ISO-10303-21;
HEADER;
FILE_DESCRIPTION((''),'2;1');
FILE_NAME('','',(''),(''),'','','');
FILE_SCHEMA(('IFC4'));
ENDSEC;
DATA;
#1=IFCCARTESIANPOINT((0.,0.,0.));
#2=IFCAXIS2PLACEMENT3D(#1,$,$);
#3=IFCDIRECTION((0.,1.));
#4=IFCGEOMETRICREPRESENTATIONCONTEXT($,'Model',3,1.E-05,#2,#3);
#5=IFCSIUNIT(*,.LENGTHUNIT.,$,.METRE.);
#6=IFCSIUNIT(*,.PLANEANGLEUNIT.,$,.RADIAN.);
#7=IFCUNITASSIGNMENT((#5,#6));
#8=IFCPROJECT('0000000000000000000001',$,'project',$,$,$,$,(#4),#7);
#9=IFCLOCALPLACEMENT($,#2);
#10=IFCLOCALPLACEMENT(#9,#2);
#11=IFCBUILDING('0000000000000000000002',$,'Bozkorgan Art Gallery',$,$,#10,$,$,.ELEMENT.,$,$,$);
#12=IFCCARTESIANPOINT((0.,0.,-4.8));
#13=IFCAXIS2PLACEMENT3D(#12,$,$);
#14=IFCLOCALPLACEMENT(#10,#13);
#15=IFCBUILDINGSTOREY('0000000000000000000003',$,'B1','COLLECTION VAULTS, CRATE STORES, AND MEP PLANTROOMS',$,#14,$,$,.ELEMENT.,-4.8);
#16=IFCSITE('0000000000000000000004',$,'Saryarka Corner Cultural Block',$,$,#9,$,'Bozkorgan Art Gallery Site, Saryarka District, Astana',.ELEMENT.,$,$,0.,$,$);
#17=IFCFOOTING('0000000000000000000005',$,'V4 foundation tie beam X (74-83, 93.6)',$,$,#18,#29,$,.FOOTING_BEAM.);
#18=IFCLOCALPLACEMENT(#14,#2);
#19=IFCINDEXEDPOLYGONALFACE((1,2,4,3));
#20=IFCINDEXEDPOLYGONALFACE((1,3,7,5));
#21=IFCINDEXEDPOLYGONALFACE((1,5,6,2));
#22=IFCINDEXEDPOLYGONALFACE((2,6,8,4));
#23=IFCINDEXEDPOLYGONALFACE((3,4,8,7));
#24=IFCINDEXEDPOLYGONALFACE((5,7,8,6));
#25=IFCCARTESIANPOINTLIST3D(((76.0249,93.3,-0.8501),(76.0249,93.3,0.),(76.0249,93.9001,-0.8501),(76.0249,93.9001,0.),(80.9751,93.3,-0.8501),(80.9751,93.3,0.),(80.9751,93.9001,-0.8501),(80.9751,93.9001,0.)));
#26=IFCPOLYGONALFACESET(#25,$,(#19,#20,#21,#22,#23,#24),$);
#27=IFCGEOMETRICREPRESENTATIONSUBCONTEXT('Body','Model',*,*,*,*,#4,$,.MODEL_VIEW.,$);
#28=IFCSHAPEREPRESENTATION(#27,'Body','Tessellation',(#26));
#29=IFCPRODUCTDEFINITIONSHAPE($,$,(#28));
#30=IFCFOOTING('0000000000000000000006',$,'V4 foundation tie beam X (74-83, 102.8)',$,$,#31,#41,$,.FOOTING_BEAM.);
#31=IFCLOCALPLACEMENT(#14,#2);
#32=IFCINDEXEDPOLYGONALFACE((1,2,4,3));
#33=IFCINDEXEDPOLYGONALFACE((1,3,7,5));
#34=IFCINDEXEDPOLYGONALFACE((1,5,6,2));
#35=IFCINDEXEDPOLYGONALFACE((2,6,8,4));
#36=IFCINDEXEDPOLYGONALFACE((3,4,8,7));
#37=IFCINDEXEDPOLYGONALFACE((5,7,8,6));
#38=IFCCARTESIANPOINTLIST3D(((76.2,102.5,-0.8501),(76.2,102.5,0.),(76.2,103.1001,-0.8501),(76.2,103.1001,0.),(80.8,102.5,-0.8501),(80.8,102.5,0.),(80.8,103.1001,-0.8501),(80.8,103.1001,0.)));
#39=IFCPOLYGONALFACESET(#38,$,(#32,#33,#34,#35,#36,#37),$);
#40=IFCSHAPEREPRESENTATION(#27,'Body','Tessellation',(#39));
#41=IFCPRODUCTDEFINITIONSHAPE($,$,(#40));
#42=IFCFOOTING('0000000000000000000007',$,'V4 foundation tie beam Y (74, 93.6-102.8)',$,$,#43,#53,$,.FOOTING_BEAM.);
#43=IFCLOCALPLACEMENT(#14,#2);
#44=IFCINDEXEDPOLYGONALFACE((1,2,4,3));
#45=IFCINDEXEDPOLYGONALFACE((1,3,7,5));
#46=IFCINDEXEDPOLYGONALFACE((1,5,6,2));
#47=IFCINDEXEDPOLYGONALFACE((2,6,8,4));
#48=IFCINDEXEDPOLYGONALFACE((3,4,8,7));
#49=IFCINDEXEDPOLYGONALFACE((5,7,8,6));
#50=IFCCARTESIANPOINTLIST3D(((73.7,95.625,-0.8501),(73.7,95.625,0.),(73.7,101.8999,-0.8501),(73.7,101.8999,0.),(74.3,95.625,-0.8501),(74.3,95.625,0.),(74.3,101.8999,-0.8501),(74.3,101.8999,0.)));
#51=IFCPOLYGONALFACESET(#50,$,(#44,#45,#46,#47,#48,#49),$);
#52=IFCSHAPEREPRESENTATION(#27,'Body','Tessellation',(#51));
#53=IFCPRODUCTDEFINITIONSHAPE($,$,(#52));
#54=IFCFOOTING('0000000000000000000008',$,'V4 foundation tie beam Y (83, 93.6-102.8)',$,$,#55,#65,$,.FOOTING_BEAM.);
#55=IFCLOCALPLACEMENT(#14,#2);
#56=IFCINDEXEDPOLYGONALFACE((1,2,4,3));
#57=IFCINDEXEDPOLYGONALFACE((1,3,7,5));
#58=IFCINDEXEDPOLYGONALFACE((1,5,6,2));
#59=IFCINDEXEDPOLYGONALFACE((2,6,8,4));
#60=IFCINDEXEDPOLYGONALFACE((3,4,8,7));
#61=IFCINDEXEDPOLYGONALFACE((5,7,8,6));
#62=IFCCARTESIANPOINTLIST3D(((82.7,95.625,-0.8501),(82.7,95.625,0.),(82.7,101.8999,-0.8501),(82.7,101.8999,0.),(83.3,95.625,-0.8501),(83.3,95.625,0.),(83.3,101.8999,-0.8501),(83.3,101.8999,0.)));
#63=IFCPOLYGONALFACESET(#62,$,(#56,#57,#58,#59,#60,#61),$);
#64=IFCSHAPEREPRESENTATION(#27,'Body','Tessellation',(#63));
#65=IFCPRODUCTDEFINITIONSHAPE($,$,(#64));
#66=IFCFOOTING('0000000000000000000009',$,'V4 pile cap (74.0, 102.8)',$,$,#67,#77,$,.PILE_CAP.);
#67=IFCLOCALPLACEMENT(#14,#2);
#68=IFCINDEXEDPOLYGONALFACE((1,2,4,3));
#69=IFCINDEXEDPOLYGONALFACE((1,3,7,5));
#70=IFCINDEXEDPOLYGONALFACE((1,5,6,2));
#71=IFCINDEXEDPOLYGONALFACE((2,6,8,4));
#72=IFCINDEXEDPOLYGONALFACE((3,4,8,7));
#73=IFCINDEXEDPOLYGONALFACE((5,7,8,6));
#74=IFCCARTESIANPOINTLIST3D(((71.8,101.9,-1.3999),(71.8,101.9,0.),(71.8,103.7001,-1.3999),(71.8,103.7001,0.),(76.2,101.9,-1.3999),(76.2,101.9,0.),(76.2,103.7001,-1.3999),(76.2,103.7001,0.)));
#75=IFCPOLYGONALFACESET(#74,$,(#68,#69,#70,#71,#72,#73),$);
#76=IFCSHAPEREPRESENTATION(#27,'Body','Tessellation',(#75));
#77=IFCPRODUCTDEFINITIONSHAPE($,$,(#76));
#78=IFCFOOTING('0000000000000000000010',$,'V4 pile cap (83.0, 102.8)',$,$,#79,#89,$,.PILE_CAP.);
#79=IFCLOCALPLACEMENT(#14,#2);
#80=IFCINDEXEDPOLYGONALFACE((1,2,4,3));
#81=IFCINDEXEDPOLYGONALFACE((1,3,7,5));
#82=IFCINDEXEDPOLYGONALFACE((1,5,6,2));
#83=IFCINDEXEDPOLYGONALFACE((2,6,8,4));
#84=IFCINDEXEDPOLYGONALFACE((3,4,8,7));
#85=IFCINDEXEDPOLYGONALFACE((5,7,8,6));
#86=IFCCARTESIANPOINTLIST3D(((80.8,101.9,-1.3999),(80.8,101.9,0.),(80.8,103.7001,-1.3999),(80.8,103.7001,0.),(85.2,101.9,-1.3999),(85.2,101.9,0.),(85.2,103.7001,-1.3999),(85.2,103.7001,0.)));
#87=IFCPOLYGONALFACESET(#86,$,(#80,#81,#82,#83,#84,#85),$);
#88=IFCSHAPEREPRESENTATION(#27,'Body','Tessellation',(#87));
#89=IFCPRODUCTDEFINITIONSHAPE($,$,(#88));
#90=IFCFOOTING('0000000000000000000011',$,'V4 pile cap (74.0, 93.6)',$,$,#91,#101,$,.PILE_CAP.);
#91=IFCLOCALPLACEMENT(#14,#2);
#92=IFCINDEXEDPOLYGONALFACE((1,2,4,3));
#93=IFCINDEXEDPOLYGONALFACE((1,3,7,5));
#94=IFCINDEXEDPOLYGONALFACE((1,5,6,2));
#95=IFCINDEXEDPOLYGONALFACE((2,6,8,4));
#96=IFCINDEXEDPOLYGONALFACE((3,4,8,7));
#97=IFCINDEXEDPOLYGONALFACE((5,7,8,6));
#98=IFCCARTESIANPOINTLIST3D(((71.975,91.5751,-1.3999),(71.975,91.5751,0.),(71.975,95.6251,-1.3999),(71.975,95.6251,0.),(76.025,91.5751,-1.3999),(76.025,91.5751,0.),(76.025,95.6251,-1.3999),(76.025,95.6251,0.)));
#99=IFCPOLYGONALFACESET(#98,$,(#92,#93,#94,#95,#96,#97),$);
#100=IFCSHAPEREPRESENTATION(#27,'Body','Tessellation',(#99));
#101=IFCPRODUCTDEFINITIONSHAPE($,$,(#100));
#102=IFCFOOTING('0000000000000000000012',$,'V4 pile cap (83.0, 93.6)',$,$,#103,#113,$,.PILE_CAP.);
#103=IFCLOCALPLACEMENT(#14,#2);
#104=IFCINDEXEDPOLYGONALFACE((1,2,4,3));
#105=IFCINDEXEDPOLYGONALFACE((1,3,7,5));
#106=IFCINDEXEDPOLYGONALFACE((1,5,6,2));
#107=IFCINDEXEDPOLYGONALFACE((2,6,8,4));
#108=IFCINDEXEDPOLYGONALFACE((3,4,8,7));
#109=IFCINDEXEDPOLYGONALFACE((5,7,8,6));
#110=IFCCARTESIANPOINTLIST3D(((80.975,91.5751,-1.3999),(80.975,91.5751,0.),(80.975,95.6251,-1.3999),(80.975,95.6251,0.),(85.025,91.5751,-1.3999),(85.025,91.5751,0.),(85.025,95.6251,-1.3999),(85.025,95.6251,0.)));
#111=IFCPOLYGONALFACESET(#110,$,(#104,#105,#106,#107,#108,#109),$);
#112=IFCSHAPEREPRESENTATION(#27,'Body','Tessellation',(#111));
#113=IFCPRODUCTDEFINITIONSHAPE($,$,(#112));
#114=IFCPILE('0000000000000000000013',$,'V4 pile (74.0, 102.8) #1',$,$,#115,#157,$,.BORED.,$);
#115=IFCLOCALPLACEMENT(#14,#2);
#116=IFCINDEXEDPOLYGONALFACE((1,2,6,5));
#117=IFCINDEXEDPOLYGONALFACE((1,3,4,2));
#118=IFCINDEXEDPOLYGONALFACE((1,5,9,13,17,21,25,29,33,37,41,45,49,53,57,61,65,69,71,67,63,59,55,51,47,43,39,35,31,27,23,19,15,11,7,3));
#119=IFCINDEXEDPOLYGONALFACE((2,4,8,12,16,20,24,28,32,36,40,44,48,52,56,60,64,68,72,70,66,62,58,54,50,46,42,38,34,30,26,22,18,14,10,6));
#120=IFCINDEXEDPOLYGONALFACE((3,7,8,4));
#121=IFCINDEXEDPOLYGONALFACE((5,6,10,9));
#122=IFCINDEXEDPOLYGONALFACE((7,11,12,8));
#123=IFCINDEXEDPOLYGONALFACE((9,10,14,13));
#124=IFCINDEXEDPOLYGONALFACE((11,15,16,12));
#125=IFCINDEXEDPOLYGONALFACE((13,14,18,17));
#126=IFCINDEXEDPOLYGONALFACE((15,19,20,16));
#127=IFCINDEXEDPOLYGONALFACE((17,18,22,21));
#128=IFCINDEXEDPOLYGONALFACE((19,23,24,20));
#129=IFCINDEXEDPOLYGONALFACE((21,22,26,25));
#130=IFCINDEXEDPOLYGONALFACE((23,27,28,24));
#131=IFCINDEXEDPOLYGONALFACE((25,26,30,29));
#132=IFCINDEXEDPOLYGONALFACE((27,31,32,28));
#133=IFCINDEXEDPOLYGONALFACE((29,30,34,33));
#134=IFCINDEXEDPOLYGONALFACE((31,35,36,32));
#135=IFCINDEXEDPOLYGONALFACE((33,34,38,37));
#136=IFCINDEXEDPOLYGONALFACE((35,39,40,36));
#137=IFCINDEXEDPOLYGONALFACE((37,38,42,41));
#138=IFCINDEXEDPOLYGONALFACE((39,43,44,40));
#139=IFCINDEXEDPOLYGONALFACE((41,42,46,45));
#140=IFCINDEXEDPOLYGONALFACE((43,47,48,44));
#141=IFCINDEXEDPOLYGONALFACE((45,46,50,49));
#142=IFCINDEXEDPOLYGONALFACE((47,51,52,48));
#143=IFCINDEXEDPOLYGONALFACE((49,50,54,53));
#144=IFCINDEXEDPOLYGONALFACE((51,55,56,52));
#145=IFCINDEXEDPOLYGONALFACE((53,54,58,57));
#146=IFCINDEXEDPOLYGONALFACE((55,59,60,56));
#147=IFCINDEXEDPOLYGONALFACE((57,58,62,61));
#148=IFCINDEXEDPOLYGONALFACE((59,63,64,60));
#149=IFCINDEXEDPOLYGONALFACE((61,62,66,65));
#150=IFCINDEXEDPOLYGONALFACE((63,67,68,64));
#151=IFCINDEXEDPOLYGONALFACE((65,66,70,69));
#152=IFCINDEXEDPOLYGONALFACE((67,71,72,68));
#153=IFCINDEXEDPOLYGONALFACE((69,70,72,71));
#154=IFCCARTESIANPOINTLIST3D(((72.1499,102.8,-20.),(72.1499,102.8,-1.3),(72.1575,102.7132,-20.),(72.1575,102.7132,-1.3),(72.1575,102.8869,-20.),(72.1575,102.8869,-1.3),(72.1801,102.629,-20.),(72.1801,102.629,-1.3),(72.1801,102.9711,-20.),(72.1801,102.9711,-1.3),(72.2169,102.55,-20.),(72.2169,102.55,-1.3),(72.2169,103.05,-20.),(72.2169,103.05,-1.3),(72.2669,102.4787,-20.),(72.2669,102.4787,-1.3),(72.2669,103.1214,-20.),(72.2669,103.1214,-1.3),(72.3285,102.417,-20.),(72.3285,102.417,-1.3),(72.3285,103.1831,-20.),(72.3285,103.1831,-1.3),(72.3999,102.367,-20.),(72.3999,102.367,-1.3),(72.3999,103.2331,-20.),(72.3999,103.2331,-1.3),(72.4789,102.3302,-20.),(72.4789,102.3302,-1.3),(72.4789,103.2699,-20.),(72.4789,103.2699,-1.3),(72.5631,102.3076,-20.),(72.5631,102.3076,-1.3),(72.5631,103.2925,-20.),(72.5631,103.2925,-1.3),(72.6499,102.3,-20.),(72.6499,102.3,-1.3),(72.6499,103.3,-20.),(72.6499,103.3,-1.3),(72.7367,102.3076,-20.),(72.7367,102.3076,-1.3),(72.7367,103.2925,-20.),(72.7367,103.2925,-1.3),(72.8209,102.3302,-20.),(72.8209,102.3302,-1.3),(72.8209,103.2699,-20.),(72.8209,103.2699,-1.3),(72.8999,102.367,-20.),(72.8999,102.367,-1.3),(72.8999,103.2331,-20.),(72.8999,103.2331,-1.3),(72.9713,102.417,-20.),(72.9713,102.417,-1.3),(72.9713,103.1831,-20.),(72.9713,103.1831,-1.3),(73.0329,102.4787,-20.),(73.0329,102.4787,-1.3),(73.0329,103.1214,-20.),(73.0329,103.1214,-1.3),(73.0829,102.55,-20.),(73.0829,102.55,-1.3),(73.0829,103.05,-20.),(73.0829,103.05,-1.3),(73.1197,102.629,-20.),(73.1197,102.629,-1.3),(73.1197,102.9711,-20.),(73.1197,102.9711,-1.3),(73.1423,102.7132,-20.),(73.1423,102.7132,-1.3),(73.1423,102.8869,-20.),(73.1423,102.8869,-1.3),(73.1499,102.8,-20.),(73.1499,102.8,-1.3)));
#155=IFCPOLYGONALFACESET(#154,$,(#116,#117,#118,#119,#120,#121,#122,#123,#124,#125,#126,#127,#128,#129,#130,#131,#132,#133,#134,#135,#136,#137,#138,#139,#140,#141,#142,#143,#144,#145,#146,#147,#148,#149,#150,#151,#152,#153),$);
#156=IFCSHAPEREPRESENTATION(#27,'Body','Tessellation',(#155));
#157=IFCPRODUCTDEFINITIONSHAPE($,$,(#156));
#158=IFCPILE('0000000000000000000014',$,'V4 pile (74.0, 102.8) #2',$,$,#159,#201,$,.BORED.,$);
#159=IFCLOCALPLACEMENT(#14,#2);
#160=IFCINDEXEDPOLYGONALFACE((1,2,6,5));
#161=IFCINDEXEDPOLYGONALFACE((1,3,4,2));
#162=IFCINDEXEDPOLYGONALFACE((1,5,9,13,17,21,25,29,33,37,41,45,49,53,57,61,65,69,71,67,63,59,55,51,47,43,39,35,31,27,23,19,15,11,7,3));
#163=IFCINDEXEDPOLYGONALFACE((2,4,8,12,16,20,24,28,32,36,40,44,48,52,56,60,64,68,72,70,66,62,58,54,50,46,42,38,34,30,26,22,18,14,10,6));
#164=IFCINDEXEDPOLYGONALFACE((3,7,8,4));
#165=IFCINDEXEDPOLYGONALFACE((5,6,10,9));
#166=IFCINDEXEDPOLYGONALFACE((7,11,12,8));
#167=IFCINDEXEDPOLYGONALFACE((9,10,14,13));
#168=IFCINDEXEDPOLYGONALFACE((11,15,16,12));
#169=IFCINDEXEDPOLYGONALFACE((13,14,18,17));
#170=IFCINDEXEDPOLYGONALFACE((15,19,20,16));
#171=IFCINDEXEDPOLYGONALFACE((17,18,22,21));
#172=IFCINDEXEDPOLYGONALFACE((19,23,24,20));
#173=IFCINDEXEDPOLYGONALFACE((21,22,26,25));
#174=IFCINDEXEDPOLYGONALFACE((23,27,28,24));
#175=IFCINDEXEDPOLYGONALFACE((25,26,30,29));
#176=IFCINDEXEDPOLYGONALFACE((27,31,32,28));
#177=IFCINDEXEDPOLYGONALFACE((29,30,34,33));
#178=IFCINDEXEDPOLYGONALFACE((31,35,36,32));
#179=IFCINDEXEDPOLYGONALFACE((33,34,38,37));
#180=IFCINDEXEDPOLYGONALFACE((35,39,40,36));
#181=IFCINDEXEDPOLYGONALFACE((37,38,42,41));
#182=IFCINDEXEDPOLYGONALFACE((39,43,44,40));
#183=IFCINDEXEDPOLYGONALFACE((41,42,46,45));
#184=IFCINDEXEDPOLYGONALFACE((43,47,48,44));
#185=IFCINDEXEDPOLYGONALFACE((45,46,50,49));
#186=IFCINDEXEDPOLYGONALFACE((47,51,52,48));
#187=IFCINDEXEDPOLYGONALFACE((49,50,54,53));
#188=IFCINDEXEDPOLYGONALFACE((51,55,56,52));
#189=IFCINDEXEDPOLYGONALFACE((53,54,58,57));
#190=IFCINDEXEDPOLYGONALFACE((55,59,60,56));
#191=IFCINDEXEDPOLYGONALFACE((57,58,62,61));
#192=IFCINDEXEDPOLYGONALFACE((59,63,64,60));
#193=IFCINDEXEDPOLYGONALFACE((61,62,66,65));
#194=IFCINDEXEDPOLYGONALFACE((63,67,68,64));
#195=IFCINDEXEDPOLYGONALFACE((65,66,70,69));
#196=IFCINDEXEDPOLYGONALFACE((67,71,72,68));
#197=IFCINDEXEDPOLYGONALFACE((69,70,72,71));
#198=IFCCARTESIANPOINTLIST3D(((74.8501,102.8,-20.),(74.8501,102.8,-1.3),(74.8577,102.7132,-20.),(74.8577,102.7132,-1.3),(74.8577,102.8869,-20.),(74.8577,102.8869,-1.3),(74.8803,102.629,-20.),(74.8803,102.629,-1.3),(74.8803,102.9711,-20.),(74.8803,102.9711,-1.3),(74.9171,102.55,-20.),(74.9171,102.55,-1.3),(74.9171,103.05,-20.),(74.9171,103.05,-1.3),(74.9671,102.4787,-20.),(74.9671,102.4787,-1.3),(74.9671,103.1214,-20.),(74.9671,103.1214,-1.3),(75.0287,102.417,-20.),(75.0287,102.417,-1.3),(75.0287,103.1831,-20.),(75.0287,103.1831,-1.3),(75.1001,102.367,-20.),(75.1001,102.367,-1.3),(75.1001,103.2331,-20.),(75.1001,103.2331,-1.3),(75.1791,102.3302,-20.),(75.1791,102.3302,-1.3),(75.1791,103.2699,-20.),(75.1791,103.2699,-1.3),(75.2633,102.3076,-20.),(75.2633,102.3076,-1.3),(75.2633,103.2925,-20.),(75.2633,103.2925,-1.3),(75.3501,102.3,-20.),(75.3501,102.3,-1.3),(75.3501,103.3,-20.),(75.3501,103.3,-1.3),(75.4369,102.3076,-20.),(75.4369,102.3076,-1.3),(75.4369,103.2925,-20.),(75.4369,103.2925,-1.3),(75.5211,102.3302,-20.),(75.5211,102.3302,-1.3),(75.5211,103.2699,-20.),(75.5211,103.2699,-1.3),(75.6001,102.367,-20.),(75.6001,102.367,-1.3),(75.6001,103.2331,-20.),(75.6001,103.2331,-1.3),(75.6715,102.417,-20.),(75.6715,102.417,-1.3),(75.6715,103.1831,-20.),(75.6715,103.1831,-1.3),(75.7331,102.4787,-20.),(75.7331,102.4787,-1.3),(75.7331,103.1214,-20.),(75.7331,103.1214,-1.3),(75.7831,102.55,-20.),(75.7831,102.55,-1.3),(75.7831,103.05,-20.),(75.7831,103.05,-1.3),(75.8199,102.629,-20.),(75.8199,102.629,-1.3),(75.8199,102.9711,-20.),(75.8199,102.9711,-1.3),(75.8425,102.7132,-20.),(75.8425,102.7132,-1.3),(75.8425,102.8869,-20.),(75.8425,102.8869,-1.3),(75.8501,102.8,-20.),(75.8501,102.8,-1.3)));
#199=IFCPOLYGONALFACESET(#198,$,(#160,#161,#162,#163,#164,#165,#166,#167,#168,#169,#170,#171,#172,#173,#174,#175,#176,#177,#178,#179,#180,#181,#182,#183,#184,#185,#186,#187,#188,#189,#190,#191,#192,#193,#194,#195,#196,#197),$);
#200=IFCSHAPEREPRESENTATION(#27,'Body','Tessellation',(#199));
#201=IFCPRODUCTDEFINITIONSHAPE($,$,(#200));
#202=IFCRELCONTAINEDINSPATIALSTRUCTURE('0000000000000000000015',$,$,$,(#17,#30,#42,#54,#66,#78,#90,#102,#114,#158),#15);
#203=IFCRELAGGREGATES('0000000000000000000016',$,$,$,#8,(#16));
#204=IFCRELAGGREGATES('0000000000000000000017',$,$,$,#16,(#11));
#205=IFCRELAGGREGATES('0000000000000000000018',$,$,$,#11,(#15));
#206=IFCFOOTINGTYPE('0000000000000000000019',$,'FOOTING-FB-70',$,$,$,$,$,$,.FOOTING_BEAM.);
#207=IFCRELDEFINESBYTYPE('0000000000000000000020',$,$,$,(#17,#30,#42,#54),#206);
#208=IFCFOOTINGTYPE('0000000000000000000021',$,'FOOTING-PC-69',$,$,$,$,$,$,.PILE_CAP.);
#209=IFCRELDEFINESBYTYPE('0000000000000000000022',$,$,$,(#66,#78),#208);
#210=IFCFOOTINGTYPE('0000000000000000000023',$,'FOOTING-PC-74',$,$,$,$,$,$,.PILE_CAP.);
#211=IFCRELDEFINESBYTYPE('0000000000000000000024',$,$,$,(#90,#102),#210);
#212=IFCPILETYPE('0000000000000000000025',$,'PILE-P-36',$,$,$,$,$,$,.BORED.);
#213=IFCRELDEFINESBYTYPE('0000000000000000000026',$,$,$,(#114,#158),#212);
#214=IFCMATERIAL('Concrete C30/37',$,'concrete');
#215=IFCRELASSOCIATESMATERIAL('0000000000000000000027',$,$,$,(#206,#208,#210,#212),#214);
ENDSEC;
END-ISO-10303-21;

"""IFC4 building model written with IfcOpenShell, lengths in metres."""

from ifc_helpers import new_model, si_unit, direction, frame, origin, origin_2d, place, context, subcontext, project, spatial, rectangle, circle, extrude, material, material_profile, profile_set, type_object, element, save


model = new_model("IFC4")

# Units and contexts
model_context = context("Model", 3, precision=1e-05, world=origin(), true_north=direction((0.0, 1.0)))
body_context = subcontext(model_context, "Body", "Model", "MODEL_VIEW")
ifc_project = project(units=[si_unit("LENGTHUNIT", "METRE"), si_unit("PLANEANGLEUNIT", "RADIAN")], contexts=[model_context])

# Site, building, storey
site_placement = place(None, origin())
site = spatial("IfcSite", under=ifc_project, at=site_placement, Name="Saryarka Corner Cultural Block", LongName="Bozkorgan Art Gallery Site, Saryarka District, Astana", CompositionType="ELEMENT", RefElevation=0.0)
building_placement = place(site_placement, origin())
building = spatial("IfcBuilding", under=site, at=building_placement, Name="Bozkorgan Art Gallery", CompositionType="ELEMENT")
storey_placement = place(building_placement, frame((0.0, 0.0, -4.8)))
storey = spatial("IfcBuildingStorey", under=building, at=storey_placement, Name="B1", Description="COLLECTION VAULTS, CRATE STORES, AND MEP PLANTROOMS", CompositionType="ELEMENT", Elevation=-4.8)

# Footings
ifc_material_1 = material(Name="Concrete C30/37", Category="concrete")
ifc_material_profile_1 = material_profile(ifc_material_1, rectangle(XDim=0.6001, YDim=0.8501, at=origin_2d()), Name="FND 600x850")
ifc_profile_set_1 = profile_set([ifc_material_profile_1], Name="Concrete C30/37")
footing_type_1 = type_object("IfcFootingType", Name="FOOTING-FB-70", PredefinedType="FOOTING_BEAM", material=ifc_profile_set_1)
footing_1_placement = place(storey_placement, frame((76.0249, 93.6001, -0.425), z_axis=(1.0, 0.0, 0.0), x_axis=(0.0, 1.0, 0.0)))
element("IfcFooting", 1, at=footing_1_placement, inside=storey, type_object=footing_type_1, Name="V4 foundation tie beam X (74-83, 93.6)", PredefinedType="FOOTING_BEAM", context=body_context, shape_type="SweptSolid", body=[
    extrude(rectangle(XDim=0.6001, YDim=0.8501, at=origin_2d()), origin(), (0.0, 0.0, 1.0), 4.9502),
])
footing_2_placement = place(storey_placement, frame((76.2, 102.8, -0.425), z_axis=(1.0, 0.0, 0.0), x_axis=(0.0, 1.0, 0.0)))
element("IfcFooting", 2, at=footing_2_placement, inside=storey, type_object=footing_type_1, Name="V4 foundation tie beam X (74-83, 102.8)", PredefinedType="FOOTING_BEAM", context=body_context, shape_type="SweptSolid", body=[
    extrude(rectangle(XDim=0.6001, YDim=0.8501, at=origin_2d()), origin(), (0.0, 0.0, 1.0), 4.6001),
])
for number, where, z_axis, x_axis, name in (
    (3, (74.0, 95.625, -0.425), (0.0, 1.0, 0.0), (-1.0, 0.0, 0.0), "V4 foundation tie beam Y (74, 93.6-102.8)"),
    (4, (83.0, 95.625, -0.425), (0.0, 1.0, 0.0), (-1.0, 0.0, 0.0), "V4 foundation tie beam Y (83, 93.6-102.8)"),
):
    element("IfcFooting", number, at=place(storey_placement, frame(where, z_axis=z_axis, x_axis=x_axis)), inside=storey, type_object=footing_type_1, Name=name, PredefinedType="FOOTING_BEAM", context=body_context, shape_type="SweptSolid", body=[
        extrude(rectangle(XDim=0.6001, YDim=0.8501, at=origin_2d()), origin(), (0.0, 0.0, 1.0), 6.2749),
    ])
footing_type_2 = type_object("IfcFootingType", Name="FOOTING-PC-69", PredefinedType="PILE_CAP", material=ifc_material_1)
for number, where, z_axis, x_axis, name in (
    (5, (74.0, 102.8, -1.3999), (0.0, 0.0, 1.0), (1.0, 0.0, 0.0), "V4 pile cap (74.0, 102.8)"),
    (6, (83.0, 102.8, -1.3999), (0.0, 0.0, 1.0), (1.0, 0.0, 0.0), "V4 pile cap (83.0, 102.8)"),
):
    element("IfcFooting", number, at=place(storey_placement, frame(where, z_axis=z_axis, x_axis=x_axis)), inside=storey, type_object=footing_type_2, Name=name, PredefinedType="PILE_CAP", context=body_context, shape_type="SweptSolid", body=[
        extrude(rectangle(XDim=4.3999, YDim=1.8, at=origin_2d()), origin(), (0.0, 0.0, 1.0), 1.3999),
    ])
footing_type_3 = type_object("IfcFootingType", Name="FOOTING-PC-74", PredefinedType="PILE_CAP", material=ifc_material_1)
for number, where, z_axis, x_axis, name in (
    (7, (74.0, 93.6001, -1.3999), (0.0, 0.0, 1.0), (1.0, 0.0, 0.0), "V4 pile cap (74.0, 93.6)"),
    (8, (83.0, 93.6001, -1.3999), (0.0, 0.0, 1.0), (1.0, 0.0, 0.0), "V4 pile cap (83.0, 93.6)"),
):
    element("IfcFooting", number, at=place(storey_placement, frame(where, z_axis=z_axis, x_axis=x_axis)), inside=storey, type_object=footing_type_3, Name=name, PredefinedType="PILE_CAP", context=body_context, shape_type="SweptSolid", body=[
        extrude(rectangle(XDim=4.05, YDim=4.05, at=origin_2d()), origin(), (0.0, 0.0, 1.0), 1.3999),
    ])

# Piles
ifc_material_profile_2 = material_profile(ifc_material_1, circle(Radius=0.5, at=origin_2d()), Name="PILE D1000")
ifc_profile_set_2 = profile_set([ifc_material_profile_2], Name="Concrete C30/37")
pile_type_1 = type_object("IfcPileType", Name="PILE-P-36", PredefinedType="BORED", material=ifc_profile_set_2)
for number, where, z_axis, x_axis, name in (
    (9, (72.6499, 102.8, -1.3), (0.0, 0.0, -1.0), (1.0, 0.0, 0.0), "V4 pile (74.0, 102.8) #1"),
    (10, (75.3501, 102.8, -1.3), (0.0, 0.0, -1.0), (1.0, 0.0, 0.0), "V4 pile (74.0, 102.8) #2"),
):
    element("IfcPile", number, at=place(storey_placement, frame(where, z_axis=z_axis, x_axis=x_axis)), inside=storey, type_object=pile_type_1, Name=name, PredefinedType="BORED", context=body_context, shape_type="SweptSolid", body=[
        extrude(circle(Radius=0.5, at=origin_2d()), origin(), (0.0, 0.0, 1.0), 18.7),
    ])

save(model, "model.ifc")
